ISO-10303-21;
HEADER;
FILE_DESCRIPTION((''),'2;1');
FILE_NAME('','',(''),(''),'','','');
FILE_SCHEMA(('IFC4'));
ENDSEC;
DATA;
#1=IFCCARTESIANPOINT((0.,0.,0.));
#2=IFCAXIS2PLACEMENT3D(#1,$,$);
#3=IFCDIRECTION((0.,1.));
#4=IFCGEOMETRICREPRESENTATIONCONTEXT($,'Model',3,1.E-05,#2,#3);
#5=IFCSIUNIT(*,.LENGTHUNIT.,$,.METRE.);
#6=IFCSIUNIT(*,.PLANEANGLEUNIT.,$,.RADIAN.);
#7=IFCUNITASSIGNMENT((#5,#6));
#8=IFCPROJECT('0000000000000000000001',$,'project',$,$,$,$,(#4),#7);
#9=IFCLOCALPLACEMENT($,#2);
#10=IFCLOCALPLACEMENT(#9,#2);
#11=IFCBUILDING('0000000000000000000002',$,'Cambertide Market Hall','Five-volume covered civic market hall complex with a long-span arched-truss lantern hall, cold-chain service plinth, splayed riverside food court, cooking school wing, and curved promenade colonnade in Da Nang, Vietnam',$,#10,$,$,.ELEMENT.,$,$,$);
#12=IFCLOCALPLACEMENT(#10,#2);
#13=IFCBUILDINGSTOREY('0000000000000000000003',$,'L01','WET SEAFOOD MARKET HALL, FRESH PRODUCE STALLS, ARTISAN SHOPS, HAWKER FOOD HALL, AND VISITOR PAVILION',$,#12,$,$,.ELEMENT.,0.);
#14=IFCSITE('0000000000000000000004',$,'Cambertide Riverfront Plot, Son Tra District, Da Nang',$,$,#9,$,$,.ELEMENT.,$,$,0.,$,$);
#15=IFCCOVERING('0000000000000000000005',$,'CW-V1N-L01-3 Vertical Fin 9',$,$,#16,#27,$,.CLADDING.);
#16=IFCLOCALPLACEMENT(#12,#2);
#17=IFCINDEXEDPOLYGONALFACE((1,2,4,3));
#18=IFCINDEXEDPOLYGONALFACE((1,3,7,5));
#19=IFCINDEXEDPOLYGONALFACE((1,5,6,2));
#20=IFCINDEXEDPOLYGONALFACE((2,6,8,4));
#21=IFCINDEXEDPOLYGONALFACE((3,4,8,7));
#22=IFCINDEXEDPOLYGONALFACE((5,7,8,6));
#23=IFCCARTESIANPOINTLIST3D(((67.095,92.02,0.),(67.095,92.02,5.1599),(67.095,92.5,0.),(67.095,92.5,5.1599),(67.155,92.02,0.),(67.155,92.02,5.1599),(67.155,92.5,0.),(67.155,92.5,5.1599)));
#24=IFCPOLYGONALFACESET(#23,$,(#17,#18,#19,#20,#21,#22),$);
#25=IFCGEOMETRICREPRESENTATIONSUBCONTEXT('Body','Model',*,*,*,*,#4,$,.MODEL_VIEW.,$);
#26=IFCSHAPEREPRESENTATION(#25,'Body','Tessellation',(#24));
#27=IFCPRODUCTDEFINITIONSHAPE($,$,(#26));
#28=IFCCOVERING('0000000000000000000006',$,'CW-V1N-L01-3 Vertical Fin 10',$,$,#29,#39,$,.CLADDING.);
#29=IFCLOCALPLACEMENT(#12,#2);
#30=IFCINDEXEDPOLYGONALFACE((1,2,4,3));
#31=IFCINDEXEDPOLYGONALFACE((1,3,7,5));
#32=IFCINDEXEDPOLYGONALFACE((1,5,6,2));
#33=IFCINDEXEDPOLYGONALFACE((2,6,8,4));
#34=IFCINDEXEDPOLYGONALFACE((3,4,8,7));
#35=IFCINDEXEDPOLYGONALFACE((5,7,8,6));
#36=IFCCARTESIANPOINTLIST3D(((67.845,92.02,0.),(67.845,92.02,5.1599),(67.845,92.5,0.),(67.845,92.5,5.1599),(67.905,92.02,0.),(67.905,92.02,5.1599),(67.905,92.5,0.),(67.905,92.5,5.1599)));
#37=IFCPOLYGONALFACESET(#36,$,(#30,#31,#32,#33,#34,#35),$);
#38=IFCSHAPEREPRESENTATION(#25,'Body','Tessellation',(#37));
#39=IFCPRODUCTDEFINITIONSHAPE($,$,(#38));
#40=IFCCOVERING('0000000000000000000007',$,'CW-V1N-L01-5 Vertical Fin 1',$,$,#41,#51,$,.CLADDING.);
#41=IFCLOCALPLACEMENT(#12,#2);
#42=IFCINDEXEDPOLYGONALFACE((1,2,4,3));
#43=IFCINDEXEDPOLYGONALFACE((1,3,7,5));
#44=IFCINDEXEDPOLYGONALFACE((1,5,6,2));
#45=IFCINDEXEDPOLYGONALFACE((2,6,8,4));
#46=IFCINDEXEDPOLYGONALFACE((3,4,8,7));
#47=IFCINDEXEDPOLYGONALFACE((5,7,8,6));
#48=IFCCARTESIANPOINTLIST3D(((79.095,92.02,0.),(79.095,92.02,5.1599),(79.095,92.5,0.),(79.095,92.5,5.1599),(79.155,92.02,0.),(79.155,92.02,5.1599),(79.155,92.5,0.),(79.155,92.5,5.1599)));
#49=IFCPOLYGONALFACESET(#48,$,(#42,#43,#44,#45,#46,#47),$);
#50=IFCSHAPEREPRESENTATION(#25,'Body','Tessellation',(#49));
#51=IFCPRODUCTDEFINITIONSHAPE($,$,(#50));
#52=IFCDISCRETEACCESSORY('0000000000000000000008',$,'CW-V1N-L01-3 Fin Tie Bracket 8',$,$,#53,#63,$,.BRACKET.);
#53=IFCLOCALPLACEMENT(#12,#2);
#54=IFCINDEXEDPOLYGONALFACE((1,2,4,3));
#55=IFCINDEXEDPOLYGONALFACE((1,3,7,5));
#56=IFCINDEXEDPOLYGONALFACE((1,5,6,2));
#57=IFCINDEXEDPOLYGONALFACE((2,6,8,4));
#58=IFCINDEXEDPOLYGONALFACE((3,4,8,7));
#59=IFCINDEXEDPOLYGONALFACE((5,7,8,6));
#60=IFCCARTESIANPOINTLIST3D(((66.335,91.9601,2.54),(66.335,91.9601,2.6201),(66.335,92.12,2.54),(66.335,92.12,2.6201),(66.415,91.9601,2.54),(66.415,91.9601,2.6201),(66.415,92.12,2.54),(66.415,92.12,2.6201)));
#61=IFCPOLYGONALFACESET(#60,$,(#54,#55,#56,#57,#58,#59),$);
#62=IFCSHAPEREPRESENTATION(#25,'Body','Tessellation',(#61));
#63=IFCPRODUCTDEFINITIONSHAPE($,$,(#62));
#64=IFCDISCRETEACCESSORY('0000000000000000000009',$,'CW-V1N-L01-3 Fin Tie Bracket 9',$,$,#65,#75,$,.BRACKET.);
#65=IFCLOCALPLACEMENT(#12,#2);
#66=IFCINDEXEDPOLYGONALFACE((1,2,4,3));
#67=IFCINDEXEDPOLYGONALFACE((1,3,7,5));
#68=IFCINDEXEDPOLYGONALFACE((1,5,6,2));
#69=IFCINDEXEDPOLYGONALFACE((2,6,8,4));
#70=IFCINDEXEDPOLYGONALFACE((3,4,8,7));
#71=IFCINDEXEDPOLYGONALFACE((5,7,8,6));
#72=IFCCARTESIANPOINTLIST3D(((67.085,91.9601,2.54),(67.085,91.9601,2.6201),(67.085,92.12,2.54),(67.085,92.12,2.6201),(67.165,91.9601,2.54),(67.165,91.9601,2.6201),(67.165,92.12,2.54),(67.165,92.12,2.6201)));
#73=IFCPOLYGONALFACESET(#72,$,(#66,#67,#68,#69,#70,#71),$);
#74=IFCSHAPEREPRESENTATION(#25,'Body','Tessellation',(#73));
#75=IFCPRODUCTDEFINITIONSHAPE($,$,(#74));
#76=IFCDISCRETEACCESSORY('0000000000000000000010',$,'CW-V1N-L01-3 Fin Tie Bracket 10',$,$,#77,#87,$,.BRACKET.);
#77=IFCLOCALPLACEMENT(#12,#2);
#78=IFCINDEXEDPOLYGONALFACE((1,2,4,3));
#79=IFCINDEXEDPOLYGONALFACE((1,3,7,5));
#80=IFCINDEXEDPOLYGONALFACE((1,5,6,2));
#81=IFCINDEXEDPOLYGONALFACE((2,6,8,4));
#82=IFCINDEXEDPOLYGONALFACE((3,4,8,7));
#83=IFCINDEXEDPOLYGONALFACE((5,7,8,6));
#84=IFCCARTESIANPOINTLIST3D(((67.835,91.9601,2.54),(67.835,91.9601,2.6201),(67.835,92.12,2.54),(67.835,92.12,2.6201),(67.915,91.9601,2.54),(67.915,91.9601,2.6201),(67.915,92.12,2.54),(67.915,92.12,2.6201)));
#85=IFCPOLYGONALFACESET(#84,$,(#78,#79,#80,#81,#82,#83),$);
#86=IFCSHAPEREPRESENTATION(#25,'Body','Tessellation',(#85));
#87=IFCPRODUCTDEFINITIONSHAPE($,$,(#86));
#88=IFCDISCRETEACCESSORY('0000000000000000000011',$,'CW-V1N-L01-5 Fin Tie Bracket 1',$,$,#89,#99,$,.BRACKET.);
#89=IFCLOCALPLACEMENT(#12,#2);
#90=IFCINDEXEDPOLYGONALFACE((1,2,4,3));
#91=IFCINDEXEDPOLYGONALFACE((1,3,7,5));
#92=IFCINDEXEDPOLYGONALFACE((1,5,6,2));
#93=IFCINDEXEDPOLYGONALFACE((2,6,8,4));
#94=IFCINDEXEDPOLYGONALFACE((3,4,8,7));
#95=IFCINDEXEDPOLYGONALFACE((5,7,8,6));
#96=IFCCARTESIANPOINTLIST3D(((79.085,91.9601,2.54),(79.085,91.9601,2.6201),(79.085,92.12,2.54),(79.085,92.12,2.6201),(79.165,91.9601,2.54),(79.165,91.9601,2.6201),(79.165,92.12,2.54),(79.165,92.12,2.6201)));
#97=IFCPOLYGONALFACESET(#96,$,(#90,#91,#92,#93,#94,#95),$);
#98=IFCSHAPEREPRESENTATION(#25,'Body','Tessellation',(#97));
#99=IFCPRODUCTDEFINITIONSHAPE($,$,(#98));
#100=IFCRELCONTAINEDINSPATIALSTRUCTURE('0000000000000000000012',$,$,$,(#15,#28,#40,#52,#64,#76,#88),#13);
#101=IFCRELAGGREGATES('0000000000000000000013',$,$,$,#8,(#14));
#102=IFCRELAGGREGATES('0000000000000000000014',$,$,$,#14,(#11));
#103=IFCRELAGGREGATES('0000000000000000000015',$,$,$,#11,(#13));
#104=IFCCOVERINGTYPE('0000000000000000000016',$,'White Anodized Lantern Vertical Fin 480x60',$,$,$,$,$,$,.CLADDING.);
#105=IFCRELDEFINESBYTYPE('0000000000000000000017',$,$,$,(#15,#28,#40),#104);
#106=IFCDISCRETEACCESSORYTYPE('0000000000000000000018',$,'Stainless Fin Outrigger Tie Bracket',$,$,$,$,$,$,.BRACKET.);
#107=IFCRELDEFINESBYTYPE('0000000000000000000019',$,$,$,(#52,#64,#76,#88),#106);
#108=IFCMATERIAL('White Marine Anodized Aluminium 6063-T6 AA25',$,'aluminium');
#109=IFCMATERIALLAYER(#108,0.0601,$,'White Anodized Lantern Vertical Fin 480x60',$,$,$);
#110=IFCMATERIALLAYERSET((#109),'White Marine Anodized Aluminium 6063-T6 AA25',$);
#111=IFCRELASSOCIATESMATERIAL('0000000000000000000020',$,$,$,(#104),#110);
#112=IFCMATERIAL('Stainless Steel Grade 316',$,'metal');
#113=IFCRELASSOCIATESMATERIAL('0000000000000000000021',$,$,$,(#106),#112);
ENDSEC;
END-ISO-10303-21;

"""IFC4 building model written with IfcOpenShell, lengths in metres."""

from ifc_helpers import new_model, si_unit, direction, frame, origin, origin_2d, place, context, subcontext, project, spatial, rectangle, extrude, material, layer, layer_set, type_object, element, save


model = new_model("IFC4")

# Units and contexts
model_context = context("Model", 3, precision=1e-05, world=origin(), true_north=direction((0.0, 1.0)))
body_context = subcontext(model_context, "Body", "Model", "MODEL_VIEW")
ifc_project = project(units=[si_unit("LENGTHUNIT", "METRE"), si_unit("PLANEANGLEUNIT", "RADIAN")], contexts=[model_context])

# Site, building, storey
site_placement = place(None, origin())
site = spatial("IfcSite", under=ifc_project, at=site_placement, Name="Cambertide Riverfront Plot, Son Tra District, Da Nang", CompositionType="ELEMENT", RefElevation=0.0)
building_placement = place(site_placement, origin())
building = spatial("IfcBuilding", under=site, at=building_placement, Name="Cambertide Market Hall", Description="Five-volume covered civic market hall complex with a long-span arched-truss lantern hall, cold-chain service plinth, splayed riverside food court, cooking school wing, and curved promenade colonnade in Da Nang, Vietnam", CompositionType="ELEMENT")
storey_placement = place(building_placement, origin())
storey = spatial("IfcBuildingStorey", under=building, at=storey_placement, Name="L01", Description="WET SEAFOOD MARKET HALL, FRESH PRODUCE STALLS, ARTISAN SHOPS, HAWKER FOOD HALL, AND VISITOR PAVILION", CompositionType="ELEMENT", Elevation=0.0)

# Coverings
ifc_material_1 = material(Name="White Marine Anodized Aluminium 6063-T6 AA25", Category="aluminium")
ifc_layer_1 = layer(ifc_material_1, 0.0601, Name="White Anodized Lantern Vertical Fin 480x60")
ifc_layer_set_1 = layer_set([ifc_layer_1], Name="White Marine Anodized Aluminium 6063-T6 AA25")
covering_type = type_object("IfcCoveringType", Name="White Anodized Lantern Vertical Fin 480x60", PredefinedType="CLADDING", material=ifc_layer_set_1)
for number, where, z_axis, x_axis, name in (
    (1, (67.125, 92.26, 0.0), (0.0, 0.0, 1.0), (1.0, 0.0, 0.0), "CW-V1N-L01-3 Vertical Fin 9"),
    (2, (67.875, 92.26, 0.0), (0.0, 0.0, 1.0), (1.0, 0.0, 0.0), "CW-V1N-L01-3 Vertical Fin 10"),
    (3, (79.125, 92.26, 0.0), (0.0, 0.0, 1.0), (1.0, 0.0, 0.0), "CW-V1N-L01-5 Vertical Fin 1"),
):
    element("IfcCovering", number, at=place(storey_placement, frame(where, z_axis=z_axis, x_axis=x_axis)), inside=storey, type_object=covering_type, Name=name, PredefinedType="CLADDING", context=body_context, shape_type="SweptSolid", body=[
        extrude(rectangle(XDim=0.0601, YDim=0.48, at=origin_2d()), origin(), (0.0, 0.0, 1.0), 5.1599),
    ])

# Discrete accessories
ifc_material_2 = material(Name="Stainless Steel Grade 316", Category="metal")
discrete_accessory_type = type_object("IfcDiscreteAccessoryType", Name="Stainless Fin Outrigger Tie Bracket", PredefinedType="BRACKET", material=ifc_material_2)
for number, where, z_axis, x_axis, name in (
    (4, (66.375, 92.04, 2.54), (0.0, 0.0, 1.0), (1.0, 0.0, 0.0), "CW-V1N-L01-3 Fin Tie Bracket 8"),
    (5, (67.125, 92.04, 2.54), (0.0, 0.0, 1.0), (1.0, 0.0, 0.0), "CW-V1N-L01-3 Fin Tie Bracket 9"),
    (6, (67.875, 92.04, 2.54), (0.0, 0.0, 1.0), (1.0, 0.0, 0.0), "CW-V1N-L01-3 Fin Tie Bracket 10"),
    (7, (79.125, 92.04, 2.54), (0.0, 0.0, 1.0), (1.0, 0.0, 0.0), "CW-V1N-L01-5 Fin Tie Bracket 1"),
):
    element("IfcDiscreteAccessory", number, at=place(storey_placement, frame(where, z_axis=z_axis, x_axis=x_axis)), inside=storey, type_object=discrete_accessory_type, Name=name, PredefinedType="BRACKET", context=body_context, shape_type="SweptSolid", body=[
        extrude(rectangle(XDim=0.0801, YDim=0.1599, at=origin_2d()), origin(), (0.0, 0.0, 1.0), 0.0801),
    ])

save(model, "model.ifc")
